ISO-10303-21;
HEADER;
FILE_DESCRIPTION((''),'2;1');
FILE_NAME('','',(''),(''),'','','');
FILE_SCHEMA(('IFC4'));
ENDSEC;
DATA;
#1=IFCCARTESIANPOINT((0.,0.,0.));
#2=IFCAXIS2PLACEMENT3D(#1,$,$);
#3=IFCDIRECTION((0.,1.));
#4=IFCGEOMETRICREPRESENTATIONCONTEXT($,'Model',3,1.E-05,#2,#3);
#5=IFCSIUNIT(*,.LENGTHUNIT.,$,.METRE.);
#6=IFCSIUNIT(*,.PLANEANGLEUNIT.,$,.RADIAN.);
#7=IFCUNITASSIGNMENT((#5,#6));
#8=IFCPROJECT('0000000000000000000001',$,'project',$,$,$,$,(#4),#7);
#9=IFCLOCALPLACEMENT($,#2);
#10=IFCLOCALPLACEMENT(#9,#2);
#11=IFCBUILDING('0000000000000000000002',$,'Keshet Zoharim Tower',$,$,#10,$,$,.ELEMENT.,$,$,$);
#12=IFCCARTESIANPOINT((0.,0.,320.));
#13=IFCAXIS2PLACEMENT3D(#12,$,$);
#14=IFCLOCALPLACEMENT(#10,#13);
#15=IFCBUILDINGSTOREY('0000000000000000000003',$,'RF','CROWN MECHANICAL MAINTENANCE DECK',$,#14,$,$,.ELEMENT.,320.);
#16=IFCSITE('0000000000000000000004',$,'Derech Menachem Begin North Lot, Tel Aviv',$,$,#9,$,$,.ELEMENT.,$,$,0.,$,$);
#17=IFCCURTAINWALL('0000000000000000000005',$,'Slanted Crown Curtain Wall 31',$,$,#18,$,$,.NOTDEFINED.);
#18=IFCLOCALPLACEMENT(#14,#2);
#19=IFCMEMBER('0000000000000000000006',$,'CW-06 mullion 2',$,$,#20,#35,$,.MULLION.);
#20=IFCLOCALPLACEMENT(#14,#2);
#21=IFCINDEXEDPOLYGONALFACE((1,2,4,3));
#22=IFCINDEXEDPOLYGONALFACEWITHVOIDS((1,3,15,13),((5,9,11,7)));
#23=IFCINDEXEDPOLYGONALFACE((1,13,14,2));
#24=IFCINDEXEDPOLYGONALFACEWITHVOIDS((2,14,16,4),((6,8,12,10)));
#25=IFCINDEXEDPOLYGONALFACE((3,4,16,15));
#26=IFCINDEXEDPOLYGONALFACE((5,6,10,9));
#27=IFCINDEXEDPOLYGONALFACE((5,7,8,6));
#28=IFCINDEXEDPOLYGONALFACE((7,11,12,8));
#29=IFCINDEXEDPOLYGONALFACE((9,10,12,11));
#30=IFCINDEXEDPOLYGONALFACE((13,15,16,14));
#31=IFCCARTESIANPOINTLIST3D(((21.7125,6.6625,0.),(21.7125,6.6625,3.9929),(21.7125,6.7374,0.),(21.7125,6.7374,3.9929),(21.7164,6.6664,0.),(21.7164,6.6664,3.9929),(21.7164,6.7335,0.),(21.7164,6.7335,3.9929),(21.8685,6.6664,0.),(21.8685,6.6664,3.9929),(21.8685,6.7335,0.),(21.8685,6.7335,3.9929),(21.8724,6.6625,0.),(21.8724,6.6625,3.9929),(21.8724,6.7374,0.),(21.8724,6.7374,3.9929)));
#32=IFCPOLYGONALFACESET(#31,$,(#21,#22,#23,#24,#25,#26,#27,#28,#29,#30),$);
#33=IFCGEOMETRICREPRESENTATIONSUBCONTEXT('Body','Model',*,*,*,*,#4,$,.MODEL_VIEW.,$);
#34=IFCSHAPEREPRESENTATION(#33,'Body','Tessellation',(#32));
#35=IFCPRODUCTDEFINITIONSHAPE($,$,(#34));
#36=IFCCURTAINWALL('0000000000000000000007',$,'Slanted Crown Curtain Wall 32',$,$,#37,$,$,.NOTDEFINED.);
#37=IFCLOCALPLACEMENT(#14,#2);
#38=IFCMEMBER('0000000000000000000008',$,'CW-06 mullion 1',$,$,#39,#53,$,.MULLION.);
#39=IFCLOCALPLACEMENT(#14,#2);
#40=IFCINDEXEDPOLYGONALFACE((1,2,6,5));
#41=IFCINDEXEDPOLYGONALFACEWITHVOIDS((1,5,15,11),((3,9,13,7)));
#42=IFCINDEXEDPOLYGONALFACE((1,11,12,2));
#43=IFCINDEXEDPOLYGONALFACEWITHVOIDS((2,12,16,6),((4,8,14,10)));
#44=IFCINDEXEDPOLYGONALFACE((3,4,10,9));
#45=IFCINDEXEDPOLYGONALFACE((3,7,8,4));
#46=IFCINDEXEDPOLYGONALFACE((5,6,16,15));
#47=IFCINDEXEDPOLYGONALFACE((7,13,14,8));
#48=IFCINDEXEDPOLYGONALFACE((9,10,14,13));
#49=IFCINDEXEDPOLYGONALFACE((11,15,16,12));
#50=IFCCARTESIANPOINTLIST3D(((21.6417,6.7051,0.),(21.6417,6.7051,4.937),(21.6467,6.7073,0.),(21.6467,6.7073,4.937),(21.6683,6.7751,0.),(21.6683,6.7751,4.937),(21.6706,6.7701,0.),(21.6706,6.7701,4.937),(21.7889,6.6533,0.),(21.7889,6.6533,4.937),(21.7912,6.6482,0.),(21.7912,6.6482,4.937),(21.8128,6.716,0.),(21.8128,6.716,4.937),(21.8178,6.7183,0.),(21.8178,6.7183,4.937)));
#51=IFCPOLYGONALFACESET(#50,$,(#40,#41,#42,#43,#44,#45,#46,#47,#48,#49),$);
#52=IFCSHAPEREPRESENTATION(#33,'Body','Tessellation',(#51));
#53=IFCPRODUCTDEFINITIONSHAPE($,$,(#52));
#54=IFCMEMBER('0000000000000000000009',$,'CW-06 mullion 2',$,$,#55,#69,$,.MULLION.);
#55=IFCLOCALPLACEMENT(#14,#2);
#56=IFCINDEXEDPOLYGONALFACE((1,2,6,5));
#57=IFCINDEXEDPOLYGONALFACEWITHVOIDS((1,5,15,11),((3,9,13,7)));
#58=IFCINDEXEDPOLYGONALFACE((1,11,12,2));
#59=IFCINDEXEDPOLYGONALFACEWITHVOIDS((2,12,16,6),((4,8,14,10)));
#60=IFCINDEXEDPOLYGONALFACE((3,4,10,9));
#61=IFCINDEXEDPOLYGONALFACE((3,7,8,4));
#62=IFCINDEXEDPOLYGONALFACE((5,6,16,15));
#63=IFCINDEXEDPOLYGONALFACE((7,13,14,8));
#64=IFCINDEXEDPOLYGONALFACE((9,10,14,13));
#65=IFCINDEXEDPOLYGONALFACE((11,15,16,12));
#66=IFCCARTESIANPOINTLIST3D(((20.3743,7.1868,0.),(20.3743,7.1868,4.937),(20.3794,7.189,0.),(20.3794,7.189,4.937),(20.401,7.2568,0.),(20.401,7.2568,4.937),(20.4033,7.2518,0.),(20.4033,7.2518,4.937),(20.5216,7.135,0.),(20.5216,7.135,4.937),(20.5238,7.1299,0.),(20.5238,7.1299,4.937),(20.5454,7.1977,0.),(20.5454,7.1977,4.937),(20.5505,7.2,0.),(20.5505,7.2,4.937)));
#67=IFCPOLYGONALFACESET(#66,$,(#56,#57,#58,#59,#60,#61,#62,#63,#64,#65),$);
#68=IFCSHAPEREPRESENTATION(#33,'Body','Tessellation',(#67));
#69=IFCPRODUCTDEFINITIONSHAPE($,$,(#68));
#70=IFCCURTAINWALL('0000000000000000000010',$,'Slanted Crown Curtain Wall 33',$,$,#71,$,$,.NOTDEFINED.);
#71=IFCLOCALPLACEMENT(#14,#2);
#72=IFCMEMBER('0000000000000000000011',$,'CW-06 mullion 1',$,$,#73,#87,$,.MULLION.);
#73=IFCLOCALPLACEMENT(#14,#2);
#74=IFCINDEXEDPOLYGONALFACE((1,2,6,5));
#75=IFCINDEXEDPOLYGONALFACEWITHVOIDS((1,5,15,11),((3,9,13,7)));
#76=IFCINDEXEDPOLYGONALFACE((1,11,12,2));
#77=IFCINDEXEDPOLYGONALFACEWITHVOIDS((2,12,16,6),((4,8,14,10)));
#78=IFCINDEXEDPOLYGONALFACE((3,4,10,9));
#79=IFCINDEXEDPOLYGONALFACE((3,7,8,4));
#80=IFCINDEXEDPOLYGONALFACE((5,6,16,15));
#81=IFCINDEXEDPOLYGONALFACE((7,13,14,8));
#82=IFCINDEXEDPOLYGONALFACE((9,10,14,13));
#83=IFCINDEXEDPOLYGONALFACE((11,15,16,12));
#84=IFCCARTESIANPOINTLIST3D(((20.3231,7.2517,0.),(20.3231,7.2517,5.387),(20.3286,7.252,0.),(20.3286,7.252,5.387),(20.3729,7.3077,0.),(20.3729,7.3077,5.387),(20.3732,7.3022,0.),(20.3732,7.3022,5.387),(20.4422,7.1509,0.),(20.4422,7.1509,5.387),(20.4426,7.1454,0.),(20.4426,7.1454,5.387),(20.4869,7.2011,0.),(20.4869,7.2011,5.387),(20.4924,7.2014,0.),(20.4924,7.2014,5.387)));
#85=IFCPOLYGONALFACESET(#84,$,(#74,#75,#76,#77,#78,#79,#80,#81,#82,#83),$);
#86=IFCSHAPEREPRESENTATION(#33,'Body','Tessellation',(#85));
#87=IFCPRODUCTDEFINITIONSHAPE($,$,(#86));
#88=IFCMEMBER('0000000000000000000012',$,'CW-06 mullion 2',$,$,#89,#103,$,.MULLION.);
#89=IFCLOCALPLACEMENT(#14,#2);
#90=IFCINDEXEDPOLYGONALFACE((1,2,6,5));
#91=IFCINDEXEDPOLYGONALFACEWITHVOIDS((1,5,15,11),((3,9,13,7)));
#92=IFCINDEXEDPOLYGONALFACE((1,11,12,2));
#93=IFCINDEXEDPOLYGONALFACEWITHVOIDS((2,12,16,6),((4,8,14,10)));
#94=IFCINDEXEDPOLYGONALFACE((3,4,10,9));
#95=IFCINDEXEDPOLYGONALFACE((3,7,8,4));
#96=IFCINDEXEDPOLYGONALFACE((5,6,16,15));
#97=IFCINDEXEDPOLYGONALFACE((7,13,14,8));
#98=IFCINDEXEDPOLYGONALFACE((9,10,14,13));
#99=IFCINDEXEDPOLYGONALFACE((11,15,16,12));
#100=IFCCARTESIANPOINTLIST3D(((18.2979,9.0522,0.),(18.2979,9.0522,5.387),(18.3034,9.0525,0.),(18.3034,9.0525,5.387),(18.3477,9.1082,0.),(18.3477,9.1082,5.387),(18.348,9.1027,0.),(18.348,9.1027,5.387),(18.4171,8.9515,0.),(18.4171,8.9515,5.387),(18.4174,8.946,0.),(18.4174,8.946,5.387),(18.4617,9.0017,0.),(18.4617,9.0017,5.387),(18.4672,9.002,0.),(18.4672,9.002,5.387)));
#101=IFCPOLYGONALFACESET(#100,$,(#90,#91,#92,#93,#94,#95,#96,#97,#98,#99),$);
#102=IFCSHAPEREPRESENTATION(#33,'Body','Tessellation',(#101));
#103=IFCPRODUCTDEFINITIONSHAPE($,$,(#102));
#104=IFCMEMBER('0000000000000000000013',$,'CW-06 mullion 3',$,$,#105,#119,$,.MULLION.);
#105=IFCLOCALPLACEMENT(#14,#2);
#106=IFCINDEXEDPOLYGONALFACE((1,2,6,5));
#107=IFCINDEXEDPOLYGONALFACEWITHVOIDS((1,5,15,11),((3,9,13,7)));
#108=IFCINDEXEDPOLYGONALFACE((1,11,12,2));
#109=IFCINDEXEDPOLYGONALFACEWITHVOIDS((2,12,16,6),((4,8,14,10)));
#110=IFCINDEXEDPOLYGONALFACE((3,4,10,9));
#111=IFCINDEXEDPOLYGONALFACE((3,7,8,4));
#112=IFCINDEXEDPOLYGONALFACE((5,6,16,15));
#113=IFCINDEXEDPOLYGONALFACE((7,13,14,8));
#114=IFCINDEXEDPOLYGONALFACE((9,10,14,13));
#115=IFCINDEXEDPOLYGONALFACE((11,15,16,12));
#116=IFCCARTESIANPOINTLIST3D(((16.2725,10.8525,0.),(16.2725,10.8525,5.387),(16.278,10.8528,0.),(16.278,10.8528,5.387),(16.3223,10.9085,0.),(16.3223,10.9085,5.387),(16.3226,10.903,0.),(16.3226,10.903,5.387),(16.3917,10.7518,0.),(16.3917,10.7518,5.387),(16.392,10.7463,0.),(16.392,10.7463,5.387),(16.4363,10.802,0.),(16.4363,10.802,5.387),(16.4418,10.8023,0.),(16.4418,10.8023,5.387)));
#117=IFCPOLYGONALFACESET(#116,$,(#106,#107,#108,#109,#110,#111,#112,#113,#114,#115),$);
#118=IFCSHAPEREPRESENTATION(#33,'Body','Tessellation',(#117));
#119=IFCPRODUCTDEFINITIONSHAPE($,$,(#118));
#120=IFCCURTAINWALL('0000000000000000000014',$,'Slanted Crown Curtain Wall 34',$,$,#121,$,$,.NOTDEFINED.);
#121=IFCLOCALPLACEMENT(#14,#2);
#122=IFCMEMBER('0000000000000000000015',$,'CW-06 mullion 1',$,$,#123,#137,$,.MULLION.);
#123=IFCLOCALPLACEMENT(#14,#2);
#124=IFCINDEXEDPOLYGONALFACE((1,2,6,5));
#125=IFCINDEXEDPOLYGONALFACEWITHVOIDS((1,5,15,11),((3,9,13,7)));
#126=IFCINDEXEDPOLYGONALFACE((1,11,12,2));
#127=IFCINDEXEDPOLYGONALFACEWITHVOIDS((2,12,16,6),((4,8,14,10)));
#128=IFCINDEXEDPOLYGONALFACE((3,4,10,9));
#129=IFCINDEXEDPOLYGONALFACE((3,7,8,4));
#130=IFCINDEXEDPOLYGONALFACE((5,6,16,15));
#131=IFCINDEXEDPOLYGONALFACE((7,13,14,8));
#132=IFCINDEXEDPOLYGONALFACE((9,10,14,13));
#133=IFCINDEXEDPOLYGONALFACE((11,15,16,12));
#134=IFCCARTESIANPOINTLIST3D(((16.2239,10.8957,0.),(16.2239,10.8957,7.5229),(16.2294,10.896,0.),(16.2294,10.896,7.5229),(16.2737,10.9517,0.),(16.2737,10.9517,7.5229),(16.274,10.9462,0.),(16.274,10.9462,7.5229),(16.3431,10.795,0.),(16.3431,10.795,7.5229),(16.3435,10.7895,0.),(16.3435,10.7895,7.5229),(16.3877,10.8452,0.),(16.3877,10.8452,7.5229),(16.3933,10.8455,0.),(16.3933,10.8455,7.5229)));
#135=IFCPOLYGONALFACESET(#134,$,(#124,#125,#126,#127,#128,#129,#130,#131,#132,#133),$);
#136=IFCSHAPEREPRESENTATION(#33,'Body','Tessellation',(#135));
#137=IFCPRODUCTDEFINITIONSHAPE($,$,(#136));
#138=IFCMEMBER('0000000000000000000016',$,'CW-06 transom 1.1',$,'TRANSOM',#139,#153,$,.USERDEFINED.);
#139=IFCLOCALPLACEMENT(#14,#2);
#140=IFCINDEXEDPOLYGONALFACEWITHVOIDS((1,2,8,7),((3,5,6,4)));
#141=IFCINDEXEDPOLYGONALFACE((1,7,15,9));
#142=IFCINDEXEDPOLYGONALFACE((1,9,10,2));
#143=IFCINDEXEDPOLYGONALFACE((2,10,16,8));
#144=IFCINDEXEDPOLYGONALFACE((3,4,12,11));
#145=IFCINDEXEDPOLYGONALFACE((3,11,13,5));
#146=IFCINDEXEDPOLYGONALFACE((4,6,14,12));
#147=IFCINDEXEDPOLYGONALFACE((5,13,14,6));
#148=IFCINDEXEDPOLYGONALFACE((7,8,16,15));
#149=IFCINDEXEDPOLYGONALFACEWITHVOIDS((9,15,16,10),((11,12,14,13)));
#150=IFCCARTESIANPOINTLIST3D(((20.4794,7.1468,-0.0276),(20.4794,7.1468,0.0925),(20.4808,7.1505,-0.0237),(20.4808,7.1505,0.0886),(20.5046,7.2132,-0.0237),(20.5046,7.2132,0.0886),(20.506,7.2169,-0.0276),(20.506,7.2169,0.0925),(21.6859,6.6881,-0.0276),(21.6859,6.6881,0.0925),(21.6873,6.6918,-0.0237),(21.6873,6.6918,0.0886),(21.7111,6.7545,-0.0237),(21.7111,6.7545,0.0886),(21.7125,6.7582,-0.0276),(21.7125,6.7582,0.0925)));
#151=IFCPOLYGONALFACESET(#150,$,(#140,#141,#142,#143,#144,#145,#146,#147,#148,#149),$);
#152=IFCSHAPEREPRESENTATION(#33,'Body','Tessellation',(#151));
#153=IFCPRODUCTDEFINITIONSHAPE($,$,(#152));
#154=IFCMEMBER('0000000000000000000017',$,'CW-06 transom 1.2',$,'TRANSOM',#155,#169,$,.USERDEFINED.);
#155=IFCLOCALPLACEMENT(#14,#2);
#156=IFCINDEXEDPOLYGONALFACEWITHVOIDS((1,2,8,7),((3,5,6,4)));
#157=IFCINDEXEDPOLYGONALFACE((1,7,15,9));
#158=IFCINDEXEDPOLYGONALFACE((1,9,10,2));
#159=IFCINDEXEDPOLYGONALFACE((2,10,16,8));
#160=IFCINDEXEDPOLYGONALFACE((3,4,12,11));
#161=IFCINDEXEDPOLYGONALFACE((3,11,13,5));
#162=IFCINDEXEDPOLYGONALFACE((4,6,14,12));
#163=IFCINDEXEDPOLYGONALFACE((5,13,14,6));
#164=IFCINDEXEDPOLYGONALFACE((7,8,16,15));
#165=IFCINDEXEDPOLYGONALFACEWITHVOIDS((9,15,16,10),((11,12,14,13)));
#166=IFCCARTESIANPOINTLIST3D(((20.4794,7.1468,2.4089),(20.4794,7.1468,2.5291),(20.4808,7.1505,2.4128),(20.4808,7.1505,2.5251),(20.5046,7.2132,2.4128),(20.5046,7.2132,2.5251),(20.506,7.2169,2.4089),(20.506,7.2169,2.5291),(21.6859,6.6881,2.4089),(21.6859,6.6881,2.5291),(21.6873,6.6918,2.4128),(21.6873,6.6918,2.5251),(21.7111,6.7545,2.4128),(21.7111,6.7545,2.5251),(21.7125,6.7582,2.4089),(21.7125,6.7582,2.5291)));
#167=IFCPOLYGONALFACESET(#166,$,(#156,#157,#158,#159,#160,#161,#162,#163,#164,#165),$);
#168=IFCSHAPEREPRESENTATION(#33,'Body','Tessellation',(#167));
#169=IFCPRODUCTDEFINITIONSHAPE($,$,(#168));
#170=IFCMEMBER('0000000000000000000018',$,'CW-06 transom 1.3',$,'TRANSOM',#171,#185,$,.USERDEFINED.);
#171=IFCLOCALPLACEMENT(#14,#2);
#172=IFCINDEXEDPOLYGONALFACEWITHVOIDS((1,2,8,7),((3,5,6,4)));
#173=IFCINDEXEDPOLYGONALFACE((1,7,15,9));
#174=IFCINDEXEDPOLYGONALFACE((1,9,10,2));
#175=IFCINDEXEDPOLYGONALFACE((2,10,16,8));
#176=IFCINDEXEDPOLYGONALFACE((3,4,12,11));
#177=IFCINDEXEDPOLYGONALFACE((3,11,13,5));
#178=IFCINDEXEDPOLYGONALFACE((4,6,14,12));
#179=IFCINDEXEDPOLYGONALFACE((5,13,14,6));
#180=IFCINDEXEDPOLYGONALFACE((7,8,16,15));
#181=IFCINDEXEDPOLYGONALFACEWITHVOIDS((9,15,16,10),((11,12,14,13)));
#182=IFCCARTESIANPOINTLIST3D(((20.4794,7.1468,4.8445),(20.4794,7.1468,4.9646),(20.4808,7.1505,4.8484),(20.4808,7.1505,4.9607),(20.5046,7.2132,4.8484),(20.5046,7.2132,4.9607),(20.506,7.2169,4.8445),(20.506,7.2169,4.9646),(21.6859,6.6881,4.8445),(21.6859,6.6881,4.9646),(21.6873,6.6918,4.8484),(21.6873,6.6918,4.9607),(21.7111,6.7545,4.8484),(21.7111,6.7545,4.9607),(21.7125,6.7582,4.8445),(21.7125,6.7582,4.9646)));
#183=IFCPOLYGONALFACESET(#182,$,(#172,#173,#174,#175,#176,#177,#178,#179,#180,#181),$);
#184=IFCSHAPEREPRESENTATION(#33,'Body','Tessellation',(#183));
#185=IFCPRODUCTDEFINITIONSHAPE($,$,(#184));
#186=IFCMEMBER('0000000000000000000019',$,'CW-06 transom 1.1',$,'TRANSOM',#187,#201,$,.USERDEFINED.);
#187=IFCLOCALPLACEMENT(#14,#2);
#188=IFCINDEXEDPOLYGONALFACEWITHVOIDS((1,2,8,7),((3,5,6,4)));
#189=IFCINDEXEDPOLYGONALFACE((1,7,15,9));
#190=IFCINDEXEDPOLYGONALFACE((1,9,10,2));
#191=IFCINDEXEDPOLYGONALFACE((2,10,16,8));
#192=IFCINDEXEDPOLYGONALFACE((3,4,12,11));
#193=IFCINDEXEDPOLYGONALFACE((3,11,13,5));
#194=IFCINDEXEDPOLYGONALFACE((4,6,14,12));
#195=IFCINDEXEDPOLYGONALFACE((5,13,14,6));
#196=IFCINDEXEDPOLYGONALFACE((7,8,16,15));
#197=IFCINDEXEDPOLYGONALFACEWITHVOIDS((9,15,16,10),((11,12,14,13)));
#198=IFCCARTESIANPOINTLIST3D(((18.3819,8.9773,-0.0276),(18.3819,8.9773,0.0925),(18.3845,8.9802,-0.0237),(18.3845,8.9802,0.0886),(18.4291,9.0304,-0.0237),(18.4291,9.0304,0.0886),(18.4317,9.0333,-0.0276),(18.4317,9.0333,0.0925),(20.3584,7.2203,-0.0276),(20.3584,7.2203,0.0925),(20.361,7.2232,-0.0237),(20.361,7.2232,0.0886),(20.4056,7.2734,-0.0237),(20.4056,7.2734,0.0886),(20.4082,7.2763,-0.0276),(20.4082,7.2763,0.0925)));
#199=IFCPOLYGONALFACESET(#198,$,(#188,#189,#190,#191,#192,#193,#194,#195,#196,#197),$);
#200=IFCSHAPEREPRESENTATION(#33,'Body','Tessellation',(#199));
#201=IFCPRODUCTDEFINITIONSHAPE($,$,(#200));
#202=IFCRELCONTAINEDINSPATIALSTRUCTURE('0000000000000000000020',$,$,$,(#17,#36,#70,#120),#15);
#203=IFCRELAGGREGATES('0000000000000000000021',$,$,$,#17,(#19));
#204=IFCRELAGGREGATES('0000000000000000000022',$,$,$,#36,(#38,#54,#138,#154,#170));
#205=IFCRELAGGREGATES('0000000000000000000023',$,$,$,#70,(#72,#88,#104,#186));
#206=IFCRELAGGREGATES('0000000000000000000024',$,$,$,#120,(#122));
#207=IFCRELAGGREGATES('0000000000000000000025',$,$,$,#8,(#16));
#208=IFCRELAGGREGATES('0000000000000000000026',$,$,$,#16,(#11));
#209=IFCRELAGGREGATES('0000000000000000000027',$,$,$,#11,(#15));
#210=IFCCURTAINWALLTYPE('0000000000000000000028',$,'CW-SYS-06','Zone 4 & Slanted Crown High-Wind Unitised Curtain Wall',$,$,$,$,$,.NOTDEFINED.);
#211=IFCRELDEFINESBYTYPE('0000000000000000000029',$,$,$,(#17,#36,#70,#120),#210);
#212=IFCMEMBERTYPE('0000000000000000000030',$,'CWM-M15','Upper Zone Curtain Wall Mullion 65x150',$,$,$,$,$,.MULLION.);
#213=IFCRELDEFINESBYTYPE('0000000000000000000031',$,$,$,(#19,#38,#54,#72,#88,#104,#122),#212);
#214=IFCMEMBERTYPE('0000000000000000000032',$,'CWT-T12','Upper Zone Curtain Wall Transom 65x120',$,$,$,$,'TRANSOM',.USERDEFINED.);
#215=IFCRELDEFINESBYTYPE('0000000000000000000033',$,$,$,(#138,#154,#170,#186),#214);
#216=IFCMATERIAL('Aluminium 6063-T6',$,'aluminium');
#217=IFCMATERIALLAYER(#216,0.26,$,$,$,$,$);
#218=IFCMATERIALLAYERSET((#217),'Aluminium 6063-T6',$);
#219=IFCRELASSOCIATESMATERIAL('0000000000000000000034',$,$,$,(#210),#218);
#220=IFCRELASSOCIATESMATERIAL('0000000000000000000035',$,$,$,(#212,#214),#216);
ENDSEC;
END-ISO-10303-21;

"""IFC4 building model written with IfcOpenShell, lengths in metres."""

from ifc_helpers import new_model, si_unit, direction, frame, origin, origin_2d, place, context, subcontext, project, spatial, hollow_rectangle, extrude, material, layer, layer_set, material_profile, profile_set, type_object, element, aggregate, save


model = new_model("IFC4")

# Units and contexts
model_context = context("Model", 3, precision=1e-05, world=origin(), true_north=direction((0.0, 1.0)))
body_context = subcontext(model_context, "Body", "Model", "MODEL_VIEW")
ifc_project = project(units=[si_unit("LENGTHUNIT", "METRE"), si_unit("PLANEANGLEUNIT", "RADIAN")], contexts=[model_context])

# Site, building, storey
site_placement = place(None, origin())
site = spatial("IfcSite", under=ifc_project, at=site_placement, Name="Derech Menachem Begin North Lot, Tel Aviv", CompositionType="ELEMENT", RefElevation=0.0)
building_placement = place(site_placement, origin())
building = spatial("IfcBuilding", under=site, at=building_placement, Name="Keshet Zoharim Tower", CompositionType="ELEMENT")
storey_placement = place(building_placement, frame((0.0, 0.0, 320.0)))
storey = spatial("IfcBuildingStorey", under=building, at=storey_placement, Name="RF", Description="CROWN MECHANICAL MAINTENANCE DECK", CompositionType="ELEMENT", Elevation=320.0)

# Curtain wall, member
ifc_material_1 = material(Name="Aluminium 6063-T6", Category="aluminium")
ifc_layer_1 = layer(ifc_material_1, 0.26)
ifc_layer_set_1 = layer_set([ifc_layer_1], Name="Aluminium 6063-T6")
curtain_wall_type = type_object("IfcCurtainWallType", Name="CW-SYS-06", Description="Zone 4 & Slanted Crown High-Wind Unitised Curtain Wall", PredefinedType="NOTDEFINED", material=ifc_layer_set_1)
curtain_wall_1_placement = place(storey_placement, origin())
curtain_wall_1 = element("IfcCurtainWall", 1, at=curtain_wall_1_placement, inside=storey, type_object=curtain_wall_type, Name="Slanted Crown Curtain Wall 31", PredefinedType="NOTDEFINED")
ifc_material_profile_1 = material_profile(ifc_material_1, hollow_rectangle(XDim=0.075, YDim=0.1599, WallThickness=0.0039, at=origin_2d()), Name="MUL-75x160")
ifc_profile_set_1 = profile_set([ifc_material_profile_1], Name="Aluminium 6063-T6")
member_type_1 = type_object("IfcMemberType", Name="CWM-M15", Description="Upper Zone Curtain Wall Mullion 65x150", PredefinedType="MULLION", material=ifc_profile_set_1)
member_1_placement = place(storey_placement, frame((21.7925, 6.7, 0.0), z_axis=(0.0, 0.0, 1.0), x_axis=(0.0, -1.0, 0.0)))
member_1 = element("IfcMember", 2, at=member_1_placement, type_object=member_type_1, Name="CW-06 mullion 2", PredefinedType="MULLION", context=body_context, shape_type="SweptSolid", body=[
    extrude(hollow_rectangle(XDim=0.075, YDim=0.1599, WallThickness=0.0039, at=origin_2d()), origin(), (0.0, 0.0, 1.0), 3.9929),
])
aggregate(curtain_wall_1, [member_1])

# Curtain walls, members
curtain_wall_2_placement = place(storey_placement, origin())
curtain_wall_2 = element("IfcCurtainWall", 3, at=curtain_wall_2_placement, inside=storey, type_object=curtain_wall_type, Name="Slanted Crown Curtain Wall 32", PredefinedType="NOTDEFINED")
member_2_placement = place(storey_placement, frame((21.7297, 6.7117, 0.0), z_axis=(0.0, 0.0, 1.0), x_axis=(-0.355439, -0.934699, 0.0)))
member_2 = element("IfcMember", 4, at=member_2_placement, type_object=member_type_1, Name="CW-06 mullion 1", PredefinedType="MULLION", context=body_context, shape_type="SweptSolid", body=[
    extrude(hollow_rectangle(XDim=0.075, YDim=0.1599, WallThickness=0.0039, at=origin_2d()), origin(), (0.0, 0.0, 1.0), 4.937),
])
member_3_placement = place(storey_placement, frame((20.4624, 7.1934, 0.0), z_axis=(0.0, 0.0, 1.0), x_axis=(-0.355439, -0.934699, 0.0)))
member_3 = element("IfcMember", 5, at=member_3_placement, type_object=member_type_1, Name="CW-06 mullion 2", PredefinedType="MULLION", context=body_context, shape_type="SweptSolid", body=[
    extrude(hollow_rectangle(XDim=0.075, YDim=0.1599, WallThickness=0.0039, at=origin_2d()), origin(), (0.0, 0.0, 1.0), 4.937),
])
curtain_wall_3_placement = place(storey_placement, origin())
curtain_wall_3 = element("IfcCurtainWall", 6, at=curtain_wall_3_placement, inside=storey, type_object=curtain_wall_type, Name="Slanted Crown Curtain Wall 33", PredefinedType="NOTDEFINED")
member_4_placement = place(storey_placement, frame((20.4077, 7.2266, 0.0), z_axis=(0.0, 0.0, 1.0), x_axis=(-0.664409, -0.747369, 0.0)))
member_4 = element("IfcMember", 7, at=member_4_placement, type_object=member_type_1, Name="CW-06 mullion 1", PredefinedType="MULLION", context=body_context, shape_type="SweptSolid", body=[
    extrude(hollow_rectangle(XDim=0.075, YDim=0.1599, WallThickness=0.0039, at=origin_2d()), origin(), (0.0, 0.0, 1.0), 5.387),
])
member_5_placement = place(storey_placement, frame((18.3826, 9.0271, 0.0), z_axis=(0.0, 0.0, 1.0), x_axis=(-0.664409, -0.747369, 0.0)))
member_5 = element("IfcMember", 8, at=member_5_placement, type_object=member_type_1, Name="CW-06 mullion 2", PredefinedType="MULLION", context=body_context, shape_type="SweptSolid", body=[
    extrude(hollow_rectangle(XDim=0.075, YDim=0.1599, WallThickness=0.0039, at=origin_2d()), origin(), (0.0, 0.0, 1.0), 5.387),
])
member_6_placement = place(storey_placement, frame((16.3572, 10.8274, 0.0), z_axis=(0.0, 0.0, 1.0), x_axis=(-0.664409, -0.747369, 0.0)))
member_6 = element("IfcMember", 9, at=member_6_placement, type_object=member_type_1, Name="CW-06 mullion 3", PredefinedType="MULLION", context=body_context, shape_type="SweptSolid", body=[
    extrude(hollow_rectangle(XDim=0.075, YDim=0.1599, WallThickness=0.0039, at=origin_2d()), origin(), (0.0, 0.0, 1.0), 5.387),
])

# Curtain wall, member
curtain_wall_4_placement = place(storey_placement, origin())
curtain_wall_4 = element("IfcCurtainWall", 10, at=curtain_wall_4_placement, inside=storey, type_object=curtain_wall_type, Name="Slanted Crown Curtain Wall 34", PredefinedType="NOTDEFINED")
member_7_placement = place(storey_placement, frame((16.3086, 10.8706, 0.0), z_axis=(0.0, 0.0, 1.0), x_axis=(-0.664217, -0.74754, 0.0)))
member_7 = element("IfcMember", 11, at=member_7_placement, type_object=member_type_1, Name="CW-06 mullion 1", PredefinedType="MULLION", context=body_context, shape_type="SweptSolid", body=[
    extrude(hollow_rectangle(XDim=0.075, YDim=0.1599, WallThickness=0.0039, at=origin_2d()), origin(), (0.0, 0.0, 1.0), 7.5229),
])

# Members
ifc_material_profile_2 = material_profile(ifc_material_1, hollow_rectangle(XDim=0.075, YDim=0.1201, WallThickness=0.0039, at=origin_2d()), Name="TRN-75x120")
ifc_profile_set_2 = profile_set([ifc_material_profile_2], Name="Aluminium 6063-T6")
member_type_2 = type_object("IfcMemberType", Name="CWT-T12", Description="Upper Zone Curtain Wall Transom 65x120", ElementType="TRANSOM", PredefinedType="USERDEFINED", material=ifc_profile_set_2)
member_8_placement = place(storey_placement, frame((21.6992, 6.7231, 0.0325), z_axis=(-0.934718, 0.35539, 0.0), x_axis=(-0.35539, -0.934718, 0.0)))
member_8 = element("IfcMember", 12, at=member_8_placement, type_object=member_type_2, Name="CW-06 transom 1.1", ObjectType="TRANSOM", PredefinedType="USERDEFINED", context=body_context, shape_type="SweptSolid", body=[
    extrude(hollow_rectangle(XDim=0.075, YDim=0.1201, WallThickness=0.0039, at=origin_2d()), origin(), (0.0, 0.0, 1.0), 1.2908),
])
member_9_placement = place(storey_placement, frame((21.6992, 6.7231, 2.469), z_axis=(-0.934718, 0.35539, 0.0), x_axis=(-0.35539, -0.934718, 0.0)))
member_9 = element("IfcMember", 13, at=member_9_placement, type_object=member_type_2, Name="CW-06 transom 1.2", ObjectType="TRANSOM", PredefinedType="USERDEFINED", context=body_context, shape_type="SweptSolid", body=[
    extrude(hollow_rectangle(XDim=0.075, YDim=0.1201, WallThickness=0.0039, at=origin_2d()), origin(), (0.0, 0.0, 1.0), 1.2908),
])
member_10_placement = place(storey_placement, frame((21.6992, 6.7231, 4.9045), z_axis=(-0.934718, 0.35539, 0.0), x_axis=(-0.35539, -0.934718, 0.0)))
member_10 = element("IfcMember", 14, at=member_10_placement, type_object=member_type_2, Name="CW-06 transom 1.3", ObjectType="TRANSOM", PredefinedType="USERDEFINED", context=body_context, shape_type="SweptSolid", body=[
    extrude(hollow_rectangle(XDim=0.075, YDim=0.1201, WallThickness=0.0039, at=origin_2d()), origin(), (0.0, 0.0, 1.0), 1.2908),
])
member_11_placement = place(storey_placement, frame((20.3833, 7.2483, 0.0325), z_axis=(-0.747384, 0.664392, 0.0), x_axis=(-0.664392, -0.747384, 0.0)))
member_11 = element("IfcMember", 15, at=member_11_placement, type_object=member_type_2, Name="CW-06 transom 1.1", ObjectType="TRANSOM", PredefinedType="USERDEFINED", context=body_context, shape_type="SweptSolid", body=[
    extrude(hollow_rectangle(XDim=0.075, YDim=0.1201, WallThickness=0.0039, at=origin_2d()), origin(), (0.0, 0.0, 1.0), 2.6445),
])

aggregate(curtain_wall_2, [member_2, member_3, member_8, member_9, member_10])
aggregate(curtain_wall_3, [member_4, member_5, member_6, member_11])
aggregate(curtain_wall_4, [member_7])

save(model, "model.ifc")
